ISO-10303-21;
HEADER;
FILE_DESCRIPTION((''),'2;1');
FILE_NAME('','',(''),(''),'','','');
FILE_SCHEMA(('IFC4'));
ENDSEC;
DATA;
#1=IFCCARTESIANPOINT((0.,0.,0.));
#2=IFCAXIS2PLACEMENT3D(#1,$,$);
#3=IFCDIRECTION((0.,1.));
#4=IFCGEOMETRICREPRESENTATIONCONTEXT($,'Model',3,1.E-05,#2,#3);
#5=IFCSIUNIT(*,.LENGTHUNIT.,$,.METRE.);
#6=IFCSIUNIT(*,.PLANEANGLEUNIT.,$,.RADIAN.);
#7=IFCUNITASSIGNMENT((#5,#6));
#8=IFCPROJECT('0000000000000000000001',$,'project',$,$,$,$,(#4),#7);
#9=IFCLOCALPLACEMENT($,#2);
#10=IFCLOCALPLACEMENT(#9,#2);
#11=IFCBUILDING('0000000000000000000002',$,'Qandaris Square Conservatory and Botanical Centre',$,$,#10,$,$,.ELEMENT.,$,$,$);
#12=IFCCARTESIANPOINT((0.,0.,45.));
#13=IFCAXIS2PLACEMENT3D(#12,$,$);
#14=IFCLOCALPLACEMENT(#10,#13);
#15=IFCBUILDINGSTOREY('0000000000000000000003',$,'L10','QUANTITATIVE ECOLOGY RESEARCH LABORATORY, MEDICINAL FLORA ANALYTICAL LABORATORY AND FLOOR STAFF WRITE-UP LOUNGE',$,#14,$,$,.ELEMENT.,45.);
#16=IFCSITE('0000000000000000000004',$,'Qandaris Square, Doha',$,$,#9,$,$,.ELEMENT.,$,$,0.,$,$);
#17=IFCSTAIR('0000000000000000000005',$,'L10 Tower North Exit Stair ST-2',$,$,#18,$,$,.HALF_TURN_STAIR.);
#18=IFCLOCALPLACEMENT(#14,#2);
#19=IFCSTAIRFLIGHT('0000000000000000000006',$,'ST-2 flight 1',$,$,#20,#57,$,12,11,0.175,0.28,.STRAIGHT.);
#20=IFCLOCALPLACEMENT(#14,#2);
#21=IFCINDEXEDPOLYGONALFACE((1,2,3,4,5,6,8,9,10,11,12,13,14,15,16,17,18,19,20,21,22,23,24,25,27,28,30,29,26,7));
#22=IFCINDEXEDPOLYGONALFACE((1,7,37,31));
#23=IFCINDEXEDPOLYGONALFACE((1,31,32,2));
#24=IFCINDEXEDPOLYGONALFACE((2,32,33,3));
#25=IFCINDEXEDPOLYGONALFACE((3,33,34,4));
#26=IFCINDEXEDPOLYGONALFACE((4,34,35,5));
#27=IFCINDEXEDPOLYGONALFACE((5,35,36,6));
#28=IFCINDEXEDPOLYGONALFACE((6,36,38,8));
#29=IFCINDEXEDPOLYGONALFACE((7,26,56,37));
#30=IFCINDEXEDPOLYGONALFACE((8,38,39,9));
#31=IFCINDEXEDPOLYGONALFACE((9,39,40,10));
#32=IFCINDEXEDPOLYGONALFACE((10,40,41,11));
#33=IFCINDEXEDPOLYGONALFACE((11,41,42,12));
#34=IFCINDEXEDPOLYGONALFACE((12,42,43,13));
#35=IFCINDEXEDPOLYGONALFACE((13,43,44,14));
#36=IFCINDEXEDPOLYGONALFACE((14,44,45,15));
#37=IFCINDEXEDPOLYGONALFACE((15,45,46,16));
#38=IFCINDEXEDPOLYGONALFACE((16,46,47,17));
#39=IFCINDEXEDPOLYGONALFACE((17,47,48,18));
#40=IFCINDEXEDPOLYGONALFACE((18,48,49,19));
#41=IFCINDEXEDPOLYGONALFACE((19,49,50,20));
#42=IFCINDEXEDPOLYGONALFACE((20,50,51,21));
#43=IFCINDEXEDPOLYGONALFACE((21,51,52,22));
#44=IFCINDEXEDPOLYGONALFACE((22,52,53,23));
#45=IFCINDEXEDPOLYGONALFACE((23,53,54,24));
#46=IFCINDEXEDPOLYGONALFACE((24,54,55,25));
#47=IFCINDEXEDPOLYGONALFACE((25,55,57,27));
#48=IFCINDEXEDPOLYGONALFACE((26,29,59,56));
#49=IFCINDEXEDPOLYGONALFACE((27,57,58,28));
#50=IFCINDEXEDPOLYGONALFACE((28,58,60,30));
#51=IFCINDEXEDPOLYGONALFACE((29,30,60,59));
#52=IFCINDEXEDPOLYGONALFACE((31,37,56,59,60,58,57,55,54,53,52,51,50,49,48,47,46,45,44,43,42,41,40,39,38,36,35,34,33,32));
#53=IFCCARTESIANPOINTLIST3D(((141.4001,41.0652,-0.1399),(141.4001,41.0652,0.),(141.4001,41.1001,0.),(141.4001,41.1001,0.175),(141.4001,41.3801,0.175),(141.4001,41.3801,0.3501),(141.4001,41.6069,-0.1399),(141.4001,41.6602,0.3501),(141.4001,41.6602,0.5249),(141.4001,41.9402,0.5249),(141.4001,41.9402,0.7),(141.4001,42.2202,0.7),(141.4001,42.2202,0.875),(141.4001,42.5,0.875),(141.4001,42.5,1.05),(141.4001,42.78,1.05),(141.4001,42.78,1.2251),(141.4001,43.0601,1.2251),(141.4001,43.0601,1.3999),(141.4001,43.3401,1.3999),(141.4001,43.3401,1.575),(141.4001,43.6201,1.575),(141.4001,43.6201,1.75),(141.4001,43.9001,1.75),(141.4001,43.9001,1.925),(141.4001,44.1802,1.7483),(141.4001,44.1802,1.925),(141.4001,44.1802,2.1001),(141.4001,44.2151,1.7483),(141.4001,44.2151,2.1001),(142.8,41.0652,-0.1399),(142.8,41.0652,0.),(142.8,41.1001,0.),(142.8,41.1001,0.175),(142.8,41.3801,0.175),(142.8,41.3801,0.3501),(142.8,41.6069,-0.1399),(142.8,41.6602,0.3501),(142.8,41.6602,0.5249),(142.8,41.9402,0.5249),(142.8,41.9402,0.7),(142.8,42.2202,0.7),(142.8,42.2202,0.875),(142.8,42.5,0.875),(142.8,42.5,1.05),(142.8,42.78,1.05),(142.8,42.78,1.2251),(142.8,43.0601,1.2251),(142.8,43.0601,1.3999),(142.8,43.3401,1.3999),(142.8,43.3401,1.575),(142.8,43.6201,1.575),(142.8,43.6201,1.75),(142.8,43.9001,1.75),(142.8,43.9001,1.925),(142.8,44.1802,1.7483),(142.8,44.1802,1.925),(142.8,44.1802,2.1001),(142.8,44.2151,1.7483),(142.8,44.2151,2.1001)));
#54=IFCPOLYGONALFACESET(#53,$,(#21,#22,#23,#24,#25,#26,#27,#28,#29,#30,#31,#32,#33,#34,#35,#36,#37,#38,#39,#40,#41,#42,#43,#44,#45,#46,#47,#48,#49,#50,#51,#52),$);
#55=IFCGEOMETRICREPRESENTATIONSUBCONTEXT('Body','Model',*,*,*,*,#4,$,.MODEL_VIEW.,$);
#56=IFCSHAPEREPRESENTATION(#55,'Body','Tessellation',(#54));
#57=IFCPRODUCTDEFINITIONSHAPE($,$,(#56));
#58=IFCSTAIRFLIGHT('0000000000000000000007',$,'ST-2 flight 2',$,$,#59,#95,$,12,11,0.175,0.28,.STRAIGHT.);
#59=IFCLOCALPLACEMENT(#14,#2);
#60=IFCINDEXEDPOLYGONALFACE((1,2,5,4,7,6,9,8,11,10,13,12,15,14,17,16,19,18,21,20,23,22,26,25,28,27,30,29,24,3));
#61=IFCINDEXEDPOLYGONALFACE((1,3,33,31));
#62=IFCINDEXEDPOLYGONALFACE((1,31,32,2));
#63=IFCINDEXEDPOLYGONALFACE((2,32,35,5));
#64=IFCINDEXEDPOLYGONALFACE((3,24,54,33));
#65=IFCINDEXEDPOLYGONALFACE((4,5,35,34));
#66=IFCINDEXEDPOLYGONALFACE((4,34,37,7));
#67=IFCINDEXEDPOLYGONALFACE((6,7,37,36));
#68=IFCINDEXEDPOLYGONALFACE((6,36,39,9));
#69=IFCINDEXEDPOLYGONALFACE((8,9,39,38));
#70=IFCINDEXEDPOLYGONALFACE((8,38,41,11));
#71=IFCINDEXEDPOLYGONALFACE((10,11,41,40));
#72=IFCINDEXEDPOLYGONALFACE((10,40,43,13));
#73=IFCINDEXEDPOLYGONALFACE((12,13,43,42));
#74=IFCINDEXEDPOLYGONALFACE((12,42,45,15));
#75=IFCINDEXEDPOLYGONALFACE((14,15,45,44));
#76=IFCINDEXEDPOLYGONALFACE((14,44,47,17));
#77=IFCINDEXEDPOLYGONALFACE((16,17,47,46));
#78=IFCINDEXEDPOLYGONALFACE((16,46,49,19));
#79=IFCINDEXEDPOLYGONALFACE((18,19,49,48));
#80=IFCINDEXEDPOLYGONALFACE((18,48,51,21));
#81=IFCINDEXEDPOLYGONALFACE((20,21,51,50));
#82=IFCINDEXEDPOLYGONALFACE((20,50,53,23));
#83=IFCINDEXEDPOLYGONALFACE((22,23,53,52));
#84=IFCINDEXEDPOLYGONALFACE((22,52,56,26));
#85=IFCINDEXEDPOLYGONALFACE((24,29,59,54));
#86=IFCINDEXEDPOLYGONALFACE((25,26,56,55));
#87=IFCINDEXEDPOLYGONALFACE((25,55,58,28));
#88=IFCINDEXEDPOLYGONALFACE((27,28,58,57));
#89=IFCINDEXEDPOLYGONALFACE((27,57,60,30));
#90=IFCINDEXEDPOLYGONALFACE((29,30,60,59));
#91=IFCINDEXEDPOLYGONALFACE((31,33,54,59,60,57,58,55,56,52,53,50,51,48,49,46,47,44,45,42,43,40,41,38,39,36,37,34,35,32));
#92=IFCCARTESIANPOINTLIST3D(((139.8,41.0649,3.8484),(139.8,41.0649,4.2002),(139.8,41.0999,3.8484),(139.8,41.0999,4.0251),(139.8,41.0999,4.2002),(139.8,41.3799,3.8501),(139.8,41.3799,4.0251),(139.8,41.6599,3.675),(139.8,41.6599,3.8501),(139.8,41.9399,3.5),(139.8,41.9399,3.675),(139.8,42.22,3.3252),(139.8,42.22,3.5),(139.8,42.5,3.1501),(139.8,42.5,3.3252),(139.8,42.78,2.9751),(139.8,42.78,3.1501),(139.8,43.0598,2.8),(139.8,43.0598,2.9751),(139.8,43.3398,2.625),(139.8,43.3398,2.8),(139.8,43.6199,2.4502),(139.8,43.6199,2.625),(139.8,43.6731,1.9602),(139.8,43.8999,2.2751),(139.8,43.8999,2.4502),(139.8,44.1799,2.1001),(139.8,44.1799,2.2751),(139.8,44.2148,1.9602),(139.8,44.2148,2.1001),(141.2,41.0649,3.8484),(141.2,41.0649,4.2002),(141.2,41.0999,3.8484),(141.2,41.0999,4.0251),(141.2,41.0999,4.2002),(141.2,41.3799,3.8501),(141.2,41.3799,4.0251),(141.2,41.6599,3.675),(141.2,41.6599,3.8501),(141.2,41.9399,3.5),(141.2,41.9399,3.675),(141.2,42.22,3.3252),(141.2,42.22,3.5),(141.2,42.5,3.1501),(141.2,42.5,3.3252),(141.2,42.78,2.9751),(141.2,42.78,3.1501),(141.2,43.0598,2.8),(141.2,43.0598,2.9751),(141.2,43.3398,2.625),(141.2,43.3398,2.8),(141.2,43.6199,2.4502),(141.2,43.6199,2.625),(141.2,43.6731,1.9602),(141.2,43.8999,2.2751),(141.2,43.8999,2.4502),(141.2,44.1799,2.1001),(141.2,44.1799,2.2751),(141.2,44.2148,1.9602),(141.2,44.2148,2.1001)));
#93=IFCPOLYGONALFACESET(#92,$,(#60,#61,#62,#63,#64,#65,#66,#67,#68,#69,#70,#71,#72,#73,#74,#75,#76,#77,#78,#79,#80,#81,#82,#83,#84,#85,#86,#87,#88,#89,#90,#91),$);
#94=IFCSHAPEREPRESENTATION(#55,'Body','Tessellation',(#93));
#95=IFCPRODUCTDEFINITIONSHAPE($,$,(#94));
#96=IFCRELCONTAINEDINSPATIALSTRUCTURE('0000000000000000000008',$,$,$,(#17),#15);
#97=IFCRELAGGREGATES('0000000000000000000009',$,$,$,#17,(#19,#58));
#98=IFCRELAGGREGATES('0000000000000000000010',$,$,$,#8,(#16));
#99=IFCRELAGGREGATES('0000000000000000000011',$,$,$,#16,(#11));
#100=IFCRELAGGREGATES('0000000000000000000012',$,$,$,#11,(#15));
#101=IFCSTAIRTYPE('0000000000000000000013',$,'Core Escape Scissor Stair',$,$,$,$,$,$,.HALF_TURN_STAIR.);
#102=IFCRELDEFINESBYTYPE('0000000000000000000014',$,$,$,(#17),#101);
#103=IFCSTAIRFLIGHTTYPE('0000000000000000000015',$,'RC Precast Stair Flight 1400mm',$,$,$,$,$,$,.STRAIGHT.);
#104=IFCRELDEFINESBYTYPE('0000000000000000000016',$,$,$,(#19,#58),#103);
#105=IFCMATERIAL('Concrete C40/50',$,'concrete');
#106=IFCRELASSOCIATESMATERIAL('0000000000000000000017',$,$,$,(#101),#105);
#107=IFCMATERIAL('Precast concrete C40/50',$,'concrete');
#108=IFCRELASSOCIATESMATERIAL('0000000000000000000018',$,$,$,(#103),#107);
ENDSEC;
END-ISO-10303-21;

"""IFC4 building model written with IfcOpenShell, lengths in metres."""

from ifc_helpers import new_model, si_unit, direction, frame, origin, place, context, subcontext, project, spatial, polyline, outline, extrude, material, type_object, element, aggregate, save


model = new_model("IFC4")

# Units and contexts
model_context = context("Model", 3, precision=1e-05, world=origin(), true_north=direction((0.0, 1.0)))
body_context = subcontext(model_context, "Body", "Model", "MODEL_VIEW")
ifc_project = project(units=[si_unit("LENGTHUNIT", "METRE"), si_unit("PLANEANGLEUNIT", "RADIAN")], contexts=[model_context])

# Site, building, storey
site_placement = place(None, origin())
site = spatial("IfcSite", under=ifc_project, at=site_placement, Name="Qandaris Square, Doha", CompositionType="ELEMENT", RefElevation=0.0)
building_placement = place(site_placement, origin())
building = spatial("IfcBuilding", under=site, at=building_placement, Name="Qandaris Square Conservatory and Botanical Centre", CompositionType="ELEMENT")
storey_placement = place(building_placement, frame((0.0, 0.0, 45.0)))
storey = spatial("IfcBuildingStorey", under=building, at=storey_placement, Name="L10", Description="QUANTITATIVE ECOLOGY RESEARCH LABORATORY, MEDICINAL FLORA ANALYTICAL LABORATORY AND FLOOR STAFF WRITE-UP LOUNGE", CompositionType="ELEMENT", Elevation=45.0)

# Shared definitions
ifc_material_1 = material(Name="Precast concrete C40/50", Category="concrete")

# Shared definitions
ifc_material_2 = material(Name="Concrete C40/50", Category="concrete")

# Stair, stair flights
stair_type = type_object("IfcStairType", Name="Core Escape Scissor Stair", PredefinedType="HALF_TURN_STAIR", material=ifc_material_2)
stair_placement = place(storey_placement, origin())
stair = element("IfcStair", 1, at=stair_placement, inside=storey, type_object=stair_type, Name="L10 Tower North Exit Stair ST-2", PredefinedType="HALF_TURN_STAIR")
stair_flight_type = type_object("IfcStairFlightType", Name="RC Precast Stair Flight 1400mm", PredefinedType="STRAIGHT", material=ifc_material_1)
stair_flight_1_placement = place(storey_placement, frame((142.1001, 41.1001, 0.0), z_axis=(0.0, 0.0, 1.0), x_axis=(0.0, 1.0, 0.0)))
stair_flight_1 = element("IfcStairFlight", 2, at=stair_flight_1_placement, type_object=stair_flight_type, Name="ST-2 flight 1", NumberOfRisers=12, NumberOfTreads=11, PredefinedType="STRAIGHT", RiserHeight=0.175, TreadLength=0.28, context=body_context, shape_type="SweptSolid", body=[
    extrude(outline(polyline([(-0.0349, 0.0), (0.0, 0.0), (0.0, 0.175), (0.28, 0.175), (0.28, 0.3501), (0.5601, 0.3501), (0.5601, 0.5249), (0.8401, 0.5249), (0.8401, 0.7), (1.1201, 0.7), (1.1201, 0.875), (1.3999, 0.875), (1.3999, 1.05), (1.6799, 1.05), (1.6799, 1.2251), (1.96, 1.2251), (1.96, 1.3999), (2.24, 1.3999), (2.24, 1.575), (2.52, 1.575), (2.52, 1.75), (2.8, 1.75), (2.8, 1.925), (3.0801, 1.925), (3.0801, 2.1001), (3.115, 2.1001), (3.115, 1.7483), (3.0801, 1.7483), (0.5068, -0.1399), (-0.0349, -0.1399), (-0.0349, 0.0)])), frame((0.0, 0.7, 0.0), z_axis=(0.0, -1.0, 0.0), x_axis=(1.0, 0.0, 0.0)), (0.0, 0.0, 1.0), 1.3999),
])
stair_flight_2_placement = place(storey_placement, frame((140.5, 44.1799, 2.1001), z_axis=(0.0, 0.0, 1.0), x_axis=(0.0, -1.0, 0.0)))
stair_flight_2 = element("IfcStairFlight", 3, at=stair_flight_2_placement, type_object=stair_flight_type, Name="ST-2 flight 2", NumberOfRisers=12, NumberOfTreads=11, PredefinedType="STRAIGHT", RiserHeight=0.175, TreadLength=0.28, context=body_context, shape_type="SweptSolid", body=[
    extrude(outline(polyline([(-0.0349, 0.0), (0.0, 0.0), (0.0, 0.175), (0.28, 0.175), (0.28, 0.3501), (0.5601, 0.3501), (0.5601, 0.5249), (0.8401, 0.5249), (0.8401, 0.7), (1.1201, 0.7), (1.1201, 0.875), (1.3999, 0.875), (1.3999, 1.05), (1.6799, 1.05), (1.6799, 1.2251), (1.96, 1.2251), (1.96, 1.3999), (2.24, 1.3999), (2.24, 1.575), (2.52, 1.575), (2.52, 1.75), (2.8, 1.75), (2.8, 1.925), (3.0801, 1.925), (3.0801, 2.1001), (3.115, 2.1001), (3.115, 1.7483), (3.0801, 1.7483), (0.5068, -0.1399), (-0.0349, -0.1399), (-0.0349, 0.0)])), frame((0.0, 0.7, 0.0), z_axis=(0.0, -1.0, 0.0), x_axis=(1.0, 0.0, 0.0)), (0.0, 0.0, 1.0), 1.3999),
])
aggregate(stair, [stair_flight_1, stair_flight_2])

save(model, "model.ifc")
